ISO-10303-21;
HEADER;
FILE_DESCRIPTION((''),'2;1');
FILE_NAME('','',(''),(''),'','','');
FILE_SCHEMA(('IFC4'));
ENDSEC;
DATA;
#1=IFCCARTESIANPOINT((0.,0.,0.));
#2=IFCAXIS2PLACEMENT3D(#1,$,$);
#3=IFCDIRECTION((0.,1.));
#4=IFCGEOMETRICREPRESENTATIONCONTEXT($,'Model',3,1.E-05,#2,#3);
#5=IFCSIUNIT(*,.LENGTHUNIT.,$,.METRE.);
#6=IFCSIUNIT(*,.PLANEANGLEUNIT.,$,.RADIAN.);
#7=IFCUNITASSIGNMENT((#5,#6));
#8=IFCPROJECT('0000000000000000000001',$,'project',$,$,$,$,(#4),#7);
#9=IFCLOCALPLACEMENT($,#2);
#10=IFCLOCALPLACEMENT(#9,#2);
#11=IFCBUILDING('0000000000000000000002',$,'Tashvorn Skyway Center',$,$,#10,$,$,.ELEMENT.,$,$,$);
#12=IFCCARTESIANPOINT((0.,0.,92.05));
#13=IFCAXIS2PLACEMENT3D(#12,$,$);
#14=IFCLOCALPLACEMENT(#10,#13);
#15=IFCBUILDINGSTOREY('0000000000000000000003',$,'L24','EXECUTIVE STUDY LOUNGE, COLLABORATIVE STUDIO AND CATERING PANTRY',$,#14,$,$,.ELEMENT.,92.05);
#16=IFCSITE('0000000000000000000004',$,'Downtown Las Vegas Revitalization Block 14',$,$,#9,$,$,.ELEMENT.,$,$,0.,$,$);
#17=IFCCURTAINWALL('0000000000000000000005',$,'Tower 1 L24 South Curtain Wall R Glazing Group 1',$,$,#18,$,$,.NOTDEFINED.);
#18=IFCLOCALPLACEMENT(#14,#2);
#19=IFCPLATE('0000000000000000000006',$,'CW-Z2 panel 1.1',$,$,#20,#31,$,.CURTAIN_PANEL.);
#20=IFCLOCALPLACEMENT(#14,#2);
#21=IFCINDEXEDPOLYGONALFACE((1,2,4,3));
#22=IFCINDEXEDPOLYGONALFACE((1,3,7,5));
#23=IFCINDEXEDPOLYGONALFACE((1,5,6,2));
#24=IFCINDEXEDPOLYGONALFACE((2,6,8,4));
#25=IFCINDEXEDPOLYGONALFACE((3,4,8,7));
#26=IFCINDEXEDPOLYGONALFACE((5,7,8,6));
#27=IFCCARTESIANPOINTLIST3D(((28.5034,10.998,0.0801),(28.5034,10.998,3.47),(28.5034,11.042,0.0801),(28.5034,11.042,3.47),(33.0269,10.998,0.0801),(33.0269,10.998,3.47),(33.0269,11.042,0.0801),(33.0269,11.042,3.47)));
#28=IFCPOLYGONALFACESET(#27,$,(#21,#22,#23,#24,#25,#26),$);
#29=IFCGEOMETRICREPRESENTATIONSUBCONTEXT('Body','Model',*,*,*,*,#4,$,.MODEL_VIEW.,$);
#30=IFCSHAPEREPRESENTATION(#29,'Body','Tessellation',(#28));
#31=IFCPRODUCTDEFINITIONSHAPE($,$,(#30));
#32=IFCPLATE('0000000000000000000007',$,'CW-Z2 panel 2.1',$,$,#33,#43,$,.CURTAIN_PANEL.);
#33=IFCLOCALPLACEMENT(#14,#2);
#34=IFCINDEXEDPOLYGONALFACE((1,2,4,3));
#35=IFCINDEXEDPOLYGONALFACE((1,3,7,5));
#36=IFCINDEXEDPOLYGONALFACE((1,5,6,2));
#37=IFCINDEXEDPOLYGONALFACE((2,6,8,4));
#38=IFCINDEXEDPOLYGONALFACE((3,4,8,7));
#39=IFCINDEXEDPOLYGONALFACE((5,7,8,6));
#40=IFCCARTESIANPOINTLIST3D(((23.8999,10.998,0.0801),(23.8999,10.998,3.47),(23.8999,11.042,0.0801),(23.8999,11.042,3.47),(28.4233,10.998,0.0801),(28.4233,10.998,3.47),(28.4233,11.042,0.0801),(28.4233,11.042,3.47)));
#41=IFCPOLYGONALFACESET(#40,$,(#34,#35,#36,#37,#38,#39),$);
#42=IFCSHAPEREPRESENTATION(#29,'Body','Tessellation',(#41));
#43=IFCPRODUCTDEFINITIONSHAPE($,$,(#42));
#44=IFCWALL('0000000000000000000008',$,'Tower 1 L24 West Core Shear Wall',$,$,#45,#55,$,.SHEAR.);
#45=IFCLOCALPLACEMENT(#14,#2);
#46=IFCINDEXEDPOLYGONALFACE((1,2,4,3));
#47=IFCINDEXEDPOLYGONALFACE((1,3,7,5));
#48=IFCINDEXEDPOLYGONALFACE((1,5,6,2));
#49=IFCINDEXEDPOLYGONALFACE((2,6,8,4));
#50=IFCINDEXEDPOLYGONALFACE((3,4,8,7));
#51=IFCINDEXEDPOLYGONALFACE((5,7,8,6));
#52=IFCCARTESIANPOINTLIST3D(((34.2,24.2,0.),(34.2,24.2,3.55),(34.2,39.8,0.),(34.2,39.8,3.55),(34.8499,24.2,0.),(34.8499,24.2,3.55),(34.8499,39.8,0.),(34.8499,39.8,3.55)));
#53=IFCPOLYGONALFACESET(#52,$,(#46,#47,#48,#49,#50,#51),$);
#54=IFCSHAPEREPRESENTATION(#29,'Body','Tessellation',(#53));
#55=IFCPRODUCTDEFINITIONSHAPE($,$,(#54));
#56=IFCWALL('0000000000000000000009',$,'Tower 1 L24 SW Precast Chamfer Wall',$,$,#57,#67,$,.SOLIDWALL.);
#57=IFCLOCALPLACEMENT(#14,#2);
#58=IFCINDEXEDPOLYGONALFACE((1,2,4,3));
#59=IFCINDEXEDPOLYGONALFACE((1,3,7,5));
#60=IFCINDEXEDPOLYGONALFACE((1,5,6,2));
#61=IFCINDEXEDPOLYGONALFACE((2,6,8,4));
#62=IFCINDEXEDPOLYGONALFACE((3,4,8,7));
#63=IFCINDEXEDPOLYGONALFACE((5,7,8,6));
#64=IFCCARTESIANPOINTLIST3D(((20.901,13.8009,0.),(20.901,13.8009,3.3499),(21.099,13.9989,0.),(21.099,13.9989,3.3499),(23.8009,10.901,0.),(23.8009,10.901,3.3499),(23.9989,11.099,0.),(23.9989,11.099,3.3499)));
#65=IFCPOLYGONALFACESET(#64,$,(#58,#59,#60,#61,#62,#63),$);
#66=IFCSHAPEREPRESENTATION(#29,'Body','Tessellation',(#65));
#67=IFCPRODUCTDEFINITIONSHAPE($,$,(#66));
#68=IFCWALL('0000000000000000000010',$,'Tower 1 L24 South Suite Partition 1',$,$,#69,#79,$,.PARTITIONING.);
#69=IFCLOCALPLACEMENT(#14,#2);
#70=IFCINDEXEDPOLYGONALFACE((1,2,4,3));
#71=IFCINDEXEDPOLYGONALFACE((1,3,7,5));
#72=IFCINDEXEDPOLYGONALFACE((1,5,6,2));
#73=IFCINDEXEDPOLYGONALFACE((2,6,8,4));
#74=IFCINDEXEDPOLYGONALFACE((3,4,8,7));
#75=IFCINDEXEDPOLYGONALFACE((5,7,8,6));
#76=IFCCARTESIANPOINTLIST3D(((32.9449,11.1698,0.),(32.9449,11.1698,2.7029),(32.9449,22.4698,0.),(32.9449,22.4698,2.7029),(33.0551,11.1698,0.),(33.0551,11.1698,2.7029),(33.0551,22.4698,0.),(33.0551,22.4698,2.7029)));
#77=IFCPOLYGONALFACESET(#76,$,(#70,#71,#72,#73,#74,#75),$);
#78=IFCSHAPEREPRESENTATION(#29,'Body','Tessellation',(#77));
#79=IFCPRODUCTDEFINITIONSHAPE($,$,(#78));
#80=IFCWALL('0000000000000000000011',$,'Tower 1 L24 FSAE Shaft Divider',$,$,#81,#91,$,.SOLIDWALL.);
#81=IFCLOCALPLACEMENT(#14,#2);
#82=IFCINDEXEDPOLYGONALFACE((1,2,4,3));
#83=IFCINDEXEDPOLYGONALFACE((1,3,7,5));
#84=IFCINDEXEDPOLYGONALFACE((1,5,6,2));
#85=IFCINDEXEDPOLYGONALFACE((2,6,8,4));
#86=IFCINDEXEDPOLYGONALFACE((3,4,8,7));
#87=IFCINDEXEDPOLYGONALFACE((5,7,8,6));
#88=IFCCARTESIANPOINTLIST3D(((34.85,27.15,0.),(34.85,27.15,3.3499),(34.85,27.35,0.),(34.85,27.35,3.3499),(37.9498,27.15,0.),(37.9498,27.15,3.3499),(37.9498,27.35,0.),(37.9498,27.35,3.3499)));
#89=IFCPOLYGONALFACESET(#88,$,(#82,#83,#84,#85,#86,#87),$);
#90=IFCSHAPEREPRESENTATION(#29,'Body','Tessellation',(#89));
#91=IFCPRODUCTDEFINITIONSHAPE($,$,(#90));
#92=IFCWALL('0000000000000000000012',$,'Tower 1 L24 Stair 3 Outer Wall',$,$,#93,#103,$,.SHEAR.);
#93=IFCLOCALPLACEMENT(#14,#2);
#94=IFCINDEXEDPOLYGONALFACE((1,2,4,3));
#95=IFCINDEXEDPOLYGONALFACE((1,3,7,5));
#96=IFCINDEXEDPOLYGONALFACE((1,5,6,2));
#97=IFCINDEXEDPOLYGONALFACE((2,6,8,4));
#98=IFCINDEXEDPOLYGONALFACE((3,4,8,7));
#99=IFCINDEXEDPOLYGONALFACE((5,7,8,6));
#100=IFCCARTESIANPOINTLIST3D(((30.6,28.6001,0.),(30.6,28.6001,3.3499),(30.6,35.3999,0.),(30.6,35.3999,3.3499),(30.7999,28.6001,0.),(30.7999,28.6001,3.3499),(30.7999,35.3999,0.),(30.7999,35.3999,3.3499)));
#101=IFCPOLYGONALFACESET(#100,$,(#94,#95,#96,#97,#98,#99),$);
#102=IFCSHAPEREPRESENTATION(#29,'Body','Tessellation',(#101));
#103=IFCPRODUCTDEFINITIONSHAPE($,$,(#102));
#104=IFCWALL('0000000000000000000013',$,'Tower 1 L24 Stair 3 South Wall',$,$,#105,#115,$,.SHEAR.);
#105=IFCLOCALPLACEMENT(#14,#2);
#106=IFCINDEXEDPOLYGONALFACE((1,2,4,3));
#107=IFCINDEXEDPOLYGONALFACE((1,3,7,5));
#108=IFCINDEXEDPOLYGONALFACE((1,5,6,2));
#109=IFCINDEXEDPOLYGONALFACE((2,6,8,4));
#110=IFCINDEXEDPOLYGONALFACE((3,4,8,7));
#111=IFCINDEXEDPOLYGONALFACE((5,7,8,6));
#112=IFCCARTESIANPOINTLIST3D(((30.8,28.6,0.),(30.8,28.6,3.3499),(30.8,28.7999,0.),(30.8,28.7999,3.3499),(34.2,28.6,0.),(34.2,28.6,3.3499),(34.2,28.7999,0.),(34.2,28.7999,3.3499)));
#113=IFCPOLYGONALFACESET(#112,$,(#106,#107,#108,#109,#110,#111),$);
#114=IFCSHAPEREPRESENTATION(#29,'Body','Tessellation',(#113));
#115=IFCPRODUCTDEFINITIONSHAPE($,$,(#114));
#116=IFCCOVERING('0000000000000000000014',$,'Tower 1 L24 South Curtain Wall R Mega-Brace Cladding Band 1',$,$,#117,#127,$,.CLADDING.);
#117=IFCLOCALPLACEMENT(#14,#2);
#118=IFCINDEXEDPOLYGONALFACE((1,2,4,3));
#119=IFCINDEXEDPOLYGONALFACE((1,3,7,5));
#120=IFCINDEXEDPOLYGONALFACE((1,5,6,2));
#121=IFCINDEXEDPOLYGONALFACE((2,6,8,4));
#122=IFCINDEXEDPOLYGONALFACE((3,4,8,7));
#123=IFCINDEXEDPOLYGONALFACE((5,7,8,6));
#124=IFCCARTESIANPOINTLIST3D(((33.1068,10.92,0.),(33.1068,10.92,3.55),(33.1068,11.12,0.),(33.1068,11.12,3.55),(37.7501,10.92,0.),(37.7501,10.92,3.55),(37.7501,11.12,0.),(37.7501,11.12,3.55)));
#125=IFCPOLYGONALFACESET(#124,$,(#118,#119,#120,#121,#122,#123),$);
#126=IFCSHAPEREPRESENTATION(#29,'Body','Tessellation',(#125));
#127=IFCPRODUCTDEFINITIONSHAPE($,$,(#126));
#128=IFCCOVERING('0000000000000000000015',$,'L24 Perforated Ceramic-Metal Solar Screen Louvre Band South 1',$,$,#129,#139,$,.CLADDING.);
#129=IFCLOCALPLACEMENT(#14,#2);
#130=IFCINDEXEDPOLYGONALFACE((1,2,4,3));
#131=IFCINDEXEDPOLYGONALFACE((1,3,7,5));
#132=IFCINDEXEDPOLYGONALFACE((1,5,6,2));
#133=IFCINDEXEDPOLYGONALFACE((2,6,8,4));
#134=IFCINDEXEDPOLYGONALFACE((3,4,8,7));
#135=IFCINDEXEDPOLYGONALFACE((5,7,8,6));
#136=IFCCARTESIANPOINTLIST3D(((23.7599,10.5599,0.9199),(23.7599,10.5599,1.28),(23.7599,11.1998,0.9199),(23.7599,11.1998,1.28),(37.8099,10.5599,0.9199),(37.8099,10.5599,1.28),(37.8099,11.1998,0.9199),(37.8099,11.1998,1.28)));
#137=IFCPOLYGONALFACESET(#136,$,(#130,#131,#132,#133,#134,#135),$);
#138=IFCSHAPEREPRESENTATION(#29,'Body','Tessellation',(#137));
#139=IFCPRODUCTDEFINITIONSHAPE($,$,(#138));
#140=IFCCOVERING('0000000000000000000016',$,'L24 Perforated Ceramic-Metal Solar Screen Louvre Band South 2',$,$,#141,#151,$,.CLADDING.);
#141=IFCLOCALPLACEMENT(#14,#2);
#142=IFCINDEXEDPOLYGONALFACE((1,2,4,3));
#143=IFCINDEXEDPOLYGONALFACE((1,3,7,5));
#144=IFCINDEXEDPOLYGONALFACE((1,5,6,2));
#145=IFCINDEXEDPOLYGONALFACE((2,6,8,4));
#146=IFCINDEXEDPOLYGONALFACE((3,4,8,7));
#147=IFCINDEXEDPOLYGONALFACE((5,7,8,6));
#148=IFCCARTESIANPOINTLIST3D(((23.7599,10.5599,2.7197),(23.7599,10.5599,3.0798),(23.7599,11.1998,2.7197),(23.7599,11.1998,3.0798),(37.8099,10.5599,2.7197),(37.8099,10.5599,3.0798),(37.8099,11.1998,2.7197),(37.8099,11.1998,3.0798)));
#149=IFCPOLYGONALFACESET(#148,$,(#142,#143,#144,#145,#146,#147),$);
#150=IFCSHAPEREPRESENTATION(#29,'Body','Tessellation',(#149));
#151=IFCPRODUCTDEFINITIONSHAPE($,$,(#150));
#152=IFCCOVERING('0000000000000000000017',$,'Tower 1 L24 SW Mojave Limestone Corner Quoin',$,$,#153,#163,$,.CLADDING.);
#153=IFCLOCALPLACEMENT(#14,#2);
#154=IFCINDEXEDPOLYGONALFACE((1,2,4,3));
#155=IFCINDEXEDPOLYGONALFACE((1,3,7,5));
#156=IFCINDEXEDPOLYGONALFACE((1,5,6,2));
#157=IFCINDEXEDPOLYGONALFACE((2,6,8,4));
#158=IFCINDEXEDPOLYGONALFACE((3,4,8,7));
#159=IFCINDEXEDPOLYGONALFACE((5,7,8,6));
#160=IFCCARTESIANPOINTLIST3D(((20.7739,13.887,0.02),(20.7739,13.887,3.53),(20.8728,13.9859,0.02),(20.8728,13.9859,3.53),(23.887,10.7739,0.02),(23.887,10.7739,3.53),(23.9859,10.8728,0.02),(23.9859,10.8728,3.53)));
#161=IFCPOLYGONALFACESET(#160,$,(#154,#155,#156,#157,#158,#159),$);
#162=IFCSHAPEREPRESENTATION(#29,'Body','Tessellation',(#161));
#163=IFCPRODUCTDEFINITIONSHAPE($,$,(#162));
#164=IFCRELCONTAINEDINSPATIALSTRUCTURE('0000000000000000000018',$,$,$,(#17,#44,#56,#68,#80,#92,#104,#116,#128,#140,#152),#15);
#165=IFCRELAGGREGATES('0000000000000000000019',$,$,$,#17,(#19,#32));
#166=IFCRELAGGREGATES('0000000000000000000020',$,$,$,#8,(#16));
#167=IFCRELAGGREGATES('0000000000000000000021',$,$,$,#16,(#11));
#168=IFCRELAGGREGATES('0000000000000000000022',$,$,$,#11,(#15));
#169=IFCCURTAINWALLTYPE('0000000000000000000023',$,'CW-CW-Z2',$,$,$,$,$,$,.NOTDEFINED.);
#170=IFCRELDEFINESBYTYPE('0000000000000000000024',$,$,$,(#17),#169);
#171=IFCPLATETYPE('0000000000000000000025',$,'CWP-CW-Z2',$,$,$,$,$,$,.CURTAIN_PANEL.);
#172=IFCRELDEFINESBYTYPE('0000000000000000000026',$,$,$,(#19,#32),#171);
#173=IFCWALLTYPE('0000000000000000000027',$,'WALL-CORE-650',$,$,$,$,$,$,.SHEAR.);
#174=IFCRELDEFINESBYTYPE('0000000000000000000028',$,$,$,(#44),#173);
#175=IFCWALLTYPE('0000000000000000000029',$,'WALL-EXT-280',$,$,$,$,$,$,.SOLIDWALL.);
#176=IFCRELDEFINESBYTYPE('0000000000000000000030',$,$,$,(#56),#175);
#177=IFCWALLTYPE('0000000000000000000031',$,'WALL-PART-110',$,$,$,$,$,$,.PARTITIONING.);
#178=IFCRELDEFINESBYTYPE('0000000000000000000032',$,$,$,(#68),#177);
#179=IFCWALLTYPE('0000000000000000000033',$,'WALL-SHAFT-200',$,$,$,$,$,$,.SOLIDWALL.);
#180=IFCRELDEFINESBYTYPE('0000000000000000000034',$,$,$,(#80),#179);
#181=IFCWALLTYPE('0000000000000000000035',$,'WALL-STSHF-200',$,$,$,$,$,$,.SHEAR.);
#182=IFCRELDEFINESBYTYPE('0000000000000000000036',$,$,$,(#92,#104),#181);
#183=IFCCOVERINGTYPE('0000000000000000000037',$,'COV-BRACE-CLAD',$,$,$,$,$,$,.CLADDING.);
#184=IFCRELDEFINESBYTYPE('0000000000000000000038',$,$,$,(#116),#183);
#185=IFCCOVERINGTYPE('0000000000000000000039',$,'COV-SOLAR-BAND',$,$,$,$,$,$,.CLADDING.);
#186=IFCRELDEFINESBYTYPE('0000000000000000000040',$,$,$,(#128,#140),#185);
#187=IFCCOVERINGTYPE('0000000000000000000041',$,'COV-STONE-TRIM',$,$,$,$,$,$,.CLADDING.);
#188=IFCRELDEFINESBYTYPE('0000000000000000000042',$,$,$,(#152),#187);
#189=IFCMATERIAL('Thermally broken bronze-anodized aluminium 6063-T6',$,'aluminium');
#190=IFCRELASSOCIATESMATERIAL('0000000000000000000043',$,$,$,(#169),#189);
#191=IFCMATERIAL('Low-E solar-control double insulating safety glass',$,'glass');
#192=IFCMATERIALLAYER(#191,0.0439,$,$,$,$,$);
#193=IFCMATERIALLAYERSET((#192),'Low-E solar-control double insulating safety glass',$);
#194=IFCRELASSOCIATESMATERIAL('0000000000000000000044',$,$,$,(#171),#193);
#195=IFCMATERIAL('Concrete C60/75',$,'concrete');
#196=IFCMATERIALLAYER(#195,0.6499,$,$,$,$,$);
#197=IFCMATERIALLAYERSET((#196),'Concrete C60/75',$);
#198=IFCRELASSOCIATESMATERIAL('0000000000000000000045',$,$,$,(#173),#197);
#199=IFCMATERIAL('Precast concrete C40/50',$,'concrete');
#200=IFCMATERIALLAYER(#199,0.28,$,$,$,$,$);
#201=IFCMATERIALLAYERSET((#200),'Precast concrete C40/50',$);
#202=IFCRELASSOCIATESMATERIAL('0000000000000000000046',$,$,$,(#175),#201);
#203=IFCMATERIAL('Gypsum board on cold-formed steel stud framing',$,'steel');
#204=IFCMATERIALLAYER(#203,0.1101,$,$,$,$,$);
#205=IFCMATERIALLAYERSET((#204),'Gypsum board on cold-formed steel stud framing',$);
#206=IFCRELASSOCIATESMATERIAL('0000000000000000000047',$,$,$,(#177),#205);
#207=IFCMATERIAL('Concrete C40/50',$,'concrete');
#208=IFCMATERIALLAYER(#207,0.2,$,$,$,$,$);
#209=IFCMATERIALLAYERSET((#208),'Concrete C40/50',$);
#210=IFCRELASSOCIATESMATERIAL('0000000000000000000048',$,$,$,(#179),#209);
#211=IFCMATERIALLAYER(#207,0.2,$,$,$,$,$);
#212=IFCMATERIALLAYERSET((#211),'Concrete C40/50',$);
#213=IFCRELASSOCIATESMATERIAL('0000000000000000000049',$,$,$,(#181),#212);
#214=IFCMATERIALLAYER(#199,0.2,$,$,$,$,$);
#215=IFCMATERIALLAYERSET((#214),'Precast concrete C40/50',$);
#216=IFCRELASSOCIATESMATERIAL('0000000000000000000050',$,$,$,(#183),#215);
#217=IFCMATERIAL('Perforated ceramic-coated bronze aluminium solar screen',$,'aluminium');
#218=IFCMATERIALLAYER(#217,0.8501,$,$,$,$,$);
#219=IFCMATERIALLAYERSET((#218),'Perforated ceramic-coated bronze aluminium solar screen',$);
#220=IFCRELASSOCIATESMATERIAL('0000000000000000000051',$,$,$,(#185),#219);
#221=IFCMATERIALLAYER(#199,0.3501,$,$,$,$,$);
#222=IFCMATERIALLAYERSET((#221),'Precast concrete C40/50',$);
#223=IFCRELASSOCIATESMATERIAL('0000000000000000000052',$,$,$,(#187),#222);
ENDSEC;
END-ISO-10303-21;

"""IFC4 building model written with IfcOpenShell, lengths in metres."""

from ifc_helpers import new_model, si_unit, direction, frame, frame_2d, origin, origin_2d, place, context, subcontext, project, spatial, rectangle, extrude, material, layer, layer_set, type_object, element, aggregate, save


model = new_model("IFC4")

# Units and contexts
model_context = context("Model", 3, precision=1e-05, world=origin(), true_north=direction((0.0, 1.0)))
body_context = subcontext(model_context, "Body", "Model", "MODEL_VIEW")
ifc_project = project(units=[si_unit("LENGTHUNIT", "METRE"), si_unit("PLANEANGLEUNIT", "RADIAN")], contexts=[model_context])

# Site, building, storey
site_placement = place(None, origin())
site = spatial("IfcSite", under=ifc_project, at=site_placement, Name="Downtown Las Vegas Revitalization Block 14", CompositionType="ELEMENT", RefElevation=0.0)
building_placement = place(site_placement, origin())
building = spatial("IfcBuilding", under=site, at=building_placement, Name="Tashvorn Skyway Center", CompositionType="ELEMENT")
storey_placement = place(building_placement, frame((0.0, 0.0, 92.05)))
storey = spatial("IfcBuildingStorey", under=building, at=storey_placement, Name="L24", Description="EXECUTIVE STUDY LOUNGE, COLLABORATIVE STUDIO AND CATERING PANTRY", CompositionType="ELEMENT", Elevation=92.05)

# Curtain wall
ifc_material_1 = material(Name="Thermally broken bronze-anodized aluminium 6063-T6", Category="aluminium")
curtain_wall_type = type_object("IfcCurtainWallType", Name="CW-CW-Z2", PredefinedType="NOTDEFINED", material=ifc_material_1)
curtain_wall_1_placement = place(storey_placement, origin())
curtain_wall_1 = element("IfcCurtainWall", 1, at=curtain_wall_1_placement, inside=storey, type_object=curtain_wall_type, Name="Tower 1 L24 South Curtain Wall R Glazing Group 1", PredefinedType="NOTDEFINED")

# Plates
ifc_material_2 = material(Name="Low-E solar-control double insulating safety glass", Category="glass")
ifc_layer_1 = layer(ifc_material_2, 0.0439)
ifc_layer_set_1 = layer_set([ifc_layer_1], Name="Low-E solar-control double insulating safety glass")
plate_type = type_object("IfcPlateType", Name="CWP-CW-Z2", PredefinedType="CURTAIN_PANEL", material=ifc_layer_set_1)
plate_1_placement = place(storey_placement, frame((30.7651, 11.02, 0.0801), z_axis=(0.0, 0.0, 1.0), x_axis=(-1.0, 0.0, 0.0)))
plate_1 = element("IfcPlate", 2, at=plate_1_placement, type_object=plate_type, Name="CW-Z2 panel 1.1", PredefinedType="CURTAIN_PANEL", context=body_context, shape_type="SweptSolid", body=[
    extrude(rectangle(XDim=4.5234, YDim=0.0439, at=origin_2d()), origin(), (0.0, 0.0, 1.0), 3.3899),
])
plate_2_placement = place(storey_placement, frame((26.1616, 11.02, 0.0801), z_axis=(0.0, 0.0, 1.0), x_axis=(-1.0, 0.0, 0.0)))
plate_2 = element("IfcPlate", 3, at=plate_2_placement, type_object=plate_type, Name="CW-Z2 panel 2.1", PredefinedType="CURTAIN_PANEL", context=body_context, shape_type="SweptSolid", body=[
    extrude(rectangle(XDim=4.5234, YDim=0.0439, at=origin_2d()), origin(), (0.0, 0.0, 1.0), 3.3899),
])
aggregate(curtain_wall_1, [plate_1, plate_2])

# Walls
ifc_material_3 = material(Name="Concrete C60/75", Category="concrete")
ifc_layer_2 = layer(ifc_material_3, 0.6499)
ifc_layer_set_2 = layer_set([ifc_layer_2], Name="Concrete C60/75")
wall_type_1 = type_object("IfcWallType", Name="WALL-CORE-650", PredefinedType="SHEAR", material=ifc_layer_set_2)
wall_1_placement = place(storey_placement, frame((34.5249, 24.2, 0.0), z_axis=(0.0, 0.0, 1.0), x_axis=(0.0, 1.0, 0.0)))
element("IfcWall", 4, at=wall_1_placement, inside=storey, type_object=wall_type_1, Name="Tower 1 L24 West Core Shear Wall", PredefinedType="SHEAR", context=body_context, shape_type="SweptSolid", body=[
    extrude(rectangle(XDim=15.6001, YDim=0.6499, at=frame_2d((7.8, 0.0))), origin(), (0.0, 0.0, 1.0), 3.55),
])
ifc_material_4 = material(Name="Precast concrete C40/50", Category="concrete")
ifc_layer_3 = layer(ifc_material_4, 0.28)
ifc_layer_set_3 = layer_set([ifc_layer_3], Name="Precast concrete C40/50")
wall_type_2 = type_object("IfcWallType", Name="WALL-EXT-280", PredefinedType="SOLIDWALL", material=ifc_layer_set_3)
wall_2_placement = place(storey_placement, frame((23.8999, 11.0, 0.0), z_axis=(0.0, 0.0, 1.0), x_axis=(-0.707107, 0.707107, 0.0)))
element("IfcWall", 5, at=wall_2_placement, inside=storey, type_object=wall_type_2, Name="Tower 1 L24 SW Precast Chamfer Wall", PredefinedType="SOLIDWALL", context=body_context, shape_type="SweptSolid", body=[
    extrude(rectangle(XDim=4.1011, YDim=0.28, at=frame_2d((2.0505, 0.0))), origin(), (0.0, 0.0, 1.0), 3.3499),
])
ifc_material_5 = material(Name="Gypsum board on cold-formed steel stud framing", Category="steel")
ifc_layer_4 = layer(ifc_material_5, 0.1101)
ifc_layer_set_4 = layer_set([ifc_layer_4], Name="Gypsum board on cold-formed steel stud framing")
wall_type_3 = type_object("IfcWallType", Name="WALL-PART-110", PredefinedType="PARTITIONING", material=ifc_layer_set_4)
wall_3_placement = place(storey_placement, frame((33.0, 11.1699, 0.0), z_axis=(0.0, 0.0, 1.0), x_axis=(0.0, 1.0, 0.0)))
element("IfcWall", 6, at=wall_3_placement, inside=storey, type_object=wall_type_3, Name="Tower 1 L24 South Suite Partition 1", PredefinedType="PARTITIONING", context=body_context, shape_type="SweptSolid", body=[
    extrude(rectangle(XDim=11.3, YDim=0.1101, at=frame_2d((5.6499, 0.0))), origin(), (0.0, 0.0, 1.0), 2.7029),
])
ifc_material_6 = material(Name="Concrete C40/50", Category="concrete")
ifc_layer_5 = layer(ifc_material_6, 0.2)
ifc_layer_set_5 = layer_set([ifc_layer_5], Name="Concrete C40/50")
wall_type_4 = type_object("IfcWallType", Name="WALL-SHAFT-200", PredefinedType="SOLIDWALL", material=ifc_layer_set_5)
wall_4_placement = place(storey_placement, frame((34.8501, 27.25, 0.0), z_axis=(0.0, 0.0, 1.0), x_axis=(1.0, 0.0, 0.0)))
element("IfcWall", 7, at=wall_4_placement, inside=storey, type_object=wall_type_4, Name="Tower 1 L24 FSAE Shaft Divider", PredefinedType="SOLIDWALL", context=body_context, shape_type="SweptSolid", body=[
    extrude(rectangle(XDim=3.0999, YDim=0.2, at=frame_2d((1.5498, 0.0))), origin(), (0.0, 0.0, 1.0), 3.3499),
])
ifc_layer_6 = layer(ifc_material_6, 0.2)
ifc_layer_set_6 = layer_set([ifc_layer_6], Name="Concrete C40/50")
wall_type_5 = type_object("IfcWallType", Name="WALL-STSHF-200", PredefinedType="SHEAR", material=ifc_layer_set_6)
wall_5_placement = place(storey_placement, frame((30.7, 28.6001, 0.0), z_axis=(0.0, 0.0, 1.0), x_axis=(0.0, 1.0, 0.0)))
element("IfcWall", 8, at=wall_5_placement, inside=storey, type_object=wall_type_5, Name="Tower 1 L24 Stair 3 Outer Wall", PredefinedType="SHEAR", context=body_context, shape_type="SweptSolid", body=[
    extrude(rectangle(XDim=6.7998, YDim=0.2, at=frame_2d((3.3999, 0.0))), origin(), (0.0, 0.0, 1.0), 3.3499),
])
wall_6_placement = place(storey_placement, frame((30.8, 28.7, 0.0), z_axis=(0.0, 0.0, 1.0), x_axis=(1.0, 0.0, 0.0)))
element("IfcWall", 9, at=wall_6_placement, inside=storey, type_object=wall_type_5, Name="Tower 1 L24 Stair 3 South Wall", PredefinedType="SHEAR", context=body_context, shape_type="SweptSolid", body=[
    extrude(rectangle(XDim=3.3999, YDim=0.2, at=frame_2d((1.7, 0.0))), origin(), (0.0, 0.0, 1.0), 3.3499),
])

# Coverings
ifc_layer_7 = layer(ifc_material_4, 0.2)
ifc_layer_set_7 = layer_set([ifc_layer_7], Name="Precast concrete C40/50")
covering_type_1 = type_object("IfcCoveringType", Name="COV-BRACE-CLAD", PredefinedType="CLADDING", material=ifc_layer_set_7)
covering_1_placement = place(storey_placement, frame((35.4285, 11.02, 0.0), z_axis=(0.0, 0.0, 1.0), x_axis=(-1.0, 0.0, 0.0)))
element("IfcCovering", 10, at=covering_1_placement, inside=storey, type_object=covering_type_1, Name="Tower 1 L24 South Curtain Wall R Mega-Brace Cladding Band 1", PredefinedType="CLADDING", context=body_context, shape_type="SweptSolid", body=[
    extrude(rectangle(XDim=4.6433, YDim=0.2, at=origin_2d()), origin(), (0.0, 0.0, 1.0), 3.55),
])
ifc_material_7 = material(Name="Perforated ceramic-coated bronze aluminium solar screen", Category="aluminium")
ifc_layer_8 = layer(ifc_material_7, 0.8501)
ifc_layer_set_8 = layer_set([ifc_layer_8], Name="Perforated ceramic-coated bronze aluminium solar screen")
covering_type_2 = type_object("IfcCoveringType", Name="COV-SOLAR-BAND", PredefinedType="CLADDING", material=ifc_layer_set_8)
for number, where, z_axis, x_axis, name in (
    (11, (30.7849, 10.8799, 0.9199), (0.0, 0.0, 1.0), (-1.0, 0.0, 0.0), "L24 Perforated Ceramic-Metal Solar Screen Louvre Band South 1"),
    (12, (30.7849, 10.8799, 2.7197), (0.0, 0.0, 1.0), (-1.0, 0.0, 0.0), "L24 Perforated Ceramic-Metal Solar Screen Louvre Band South 2"),
):
    element("IfcCovering", number, at=place(storey_placement, frame(where, z_axis=z_axis, x_axis=x_axis)), inside=storey, type_object=covering_type_2, Name=name, PredefinedType="CLADDING", context=body_context, shape_type="SweptSolid", body=[
        extrude(rectangle(XDim=14.05, YDim=0.6399, at=origin_2d()), origin(), (0.0, 0.0, 1.0), 0.3601),
    ])
ifc_layer_9 = layer(ifc_material_4, 0.3501)
ifc_layer_set_9 = layer_set([ifc_layer_9], Name="Precast concrete C40/50")
covering_type_3 = type_object("IfcCoveringType", Name="COV-STONE-TRIM", PredefinedType="CLADDING", material=ifc_layer_set_9)
covering_2_placement = place(storey_placement, frame((22.3799, 12.3799, 0.02), z_axis=(0.0, 0.0, 1.0), x_axis=(-0.707107, 0.707107, 0.0)))
element("IfcCovering", 13, at=covering_2_placement, inside=storey, type_object=covering_type_3, Name="Tower 1 L24 SW Mojave Limestone Corner Quoin", PredefinedType="CLADDING", context=body_context, shape_type="SweptSolid", body=[
    extrude(rectangle(XDim=4.4026, YDim=0.1399, at=origin_2d()), origin(), (0.0, 0.0, 1.0), 3.51),
])

save(model, "model.ifc")
